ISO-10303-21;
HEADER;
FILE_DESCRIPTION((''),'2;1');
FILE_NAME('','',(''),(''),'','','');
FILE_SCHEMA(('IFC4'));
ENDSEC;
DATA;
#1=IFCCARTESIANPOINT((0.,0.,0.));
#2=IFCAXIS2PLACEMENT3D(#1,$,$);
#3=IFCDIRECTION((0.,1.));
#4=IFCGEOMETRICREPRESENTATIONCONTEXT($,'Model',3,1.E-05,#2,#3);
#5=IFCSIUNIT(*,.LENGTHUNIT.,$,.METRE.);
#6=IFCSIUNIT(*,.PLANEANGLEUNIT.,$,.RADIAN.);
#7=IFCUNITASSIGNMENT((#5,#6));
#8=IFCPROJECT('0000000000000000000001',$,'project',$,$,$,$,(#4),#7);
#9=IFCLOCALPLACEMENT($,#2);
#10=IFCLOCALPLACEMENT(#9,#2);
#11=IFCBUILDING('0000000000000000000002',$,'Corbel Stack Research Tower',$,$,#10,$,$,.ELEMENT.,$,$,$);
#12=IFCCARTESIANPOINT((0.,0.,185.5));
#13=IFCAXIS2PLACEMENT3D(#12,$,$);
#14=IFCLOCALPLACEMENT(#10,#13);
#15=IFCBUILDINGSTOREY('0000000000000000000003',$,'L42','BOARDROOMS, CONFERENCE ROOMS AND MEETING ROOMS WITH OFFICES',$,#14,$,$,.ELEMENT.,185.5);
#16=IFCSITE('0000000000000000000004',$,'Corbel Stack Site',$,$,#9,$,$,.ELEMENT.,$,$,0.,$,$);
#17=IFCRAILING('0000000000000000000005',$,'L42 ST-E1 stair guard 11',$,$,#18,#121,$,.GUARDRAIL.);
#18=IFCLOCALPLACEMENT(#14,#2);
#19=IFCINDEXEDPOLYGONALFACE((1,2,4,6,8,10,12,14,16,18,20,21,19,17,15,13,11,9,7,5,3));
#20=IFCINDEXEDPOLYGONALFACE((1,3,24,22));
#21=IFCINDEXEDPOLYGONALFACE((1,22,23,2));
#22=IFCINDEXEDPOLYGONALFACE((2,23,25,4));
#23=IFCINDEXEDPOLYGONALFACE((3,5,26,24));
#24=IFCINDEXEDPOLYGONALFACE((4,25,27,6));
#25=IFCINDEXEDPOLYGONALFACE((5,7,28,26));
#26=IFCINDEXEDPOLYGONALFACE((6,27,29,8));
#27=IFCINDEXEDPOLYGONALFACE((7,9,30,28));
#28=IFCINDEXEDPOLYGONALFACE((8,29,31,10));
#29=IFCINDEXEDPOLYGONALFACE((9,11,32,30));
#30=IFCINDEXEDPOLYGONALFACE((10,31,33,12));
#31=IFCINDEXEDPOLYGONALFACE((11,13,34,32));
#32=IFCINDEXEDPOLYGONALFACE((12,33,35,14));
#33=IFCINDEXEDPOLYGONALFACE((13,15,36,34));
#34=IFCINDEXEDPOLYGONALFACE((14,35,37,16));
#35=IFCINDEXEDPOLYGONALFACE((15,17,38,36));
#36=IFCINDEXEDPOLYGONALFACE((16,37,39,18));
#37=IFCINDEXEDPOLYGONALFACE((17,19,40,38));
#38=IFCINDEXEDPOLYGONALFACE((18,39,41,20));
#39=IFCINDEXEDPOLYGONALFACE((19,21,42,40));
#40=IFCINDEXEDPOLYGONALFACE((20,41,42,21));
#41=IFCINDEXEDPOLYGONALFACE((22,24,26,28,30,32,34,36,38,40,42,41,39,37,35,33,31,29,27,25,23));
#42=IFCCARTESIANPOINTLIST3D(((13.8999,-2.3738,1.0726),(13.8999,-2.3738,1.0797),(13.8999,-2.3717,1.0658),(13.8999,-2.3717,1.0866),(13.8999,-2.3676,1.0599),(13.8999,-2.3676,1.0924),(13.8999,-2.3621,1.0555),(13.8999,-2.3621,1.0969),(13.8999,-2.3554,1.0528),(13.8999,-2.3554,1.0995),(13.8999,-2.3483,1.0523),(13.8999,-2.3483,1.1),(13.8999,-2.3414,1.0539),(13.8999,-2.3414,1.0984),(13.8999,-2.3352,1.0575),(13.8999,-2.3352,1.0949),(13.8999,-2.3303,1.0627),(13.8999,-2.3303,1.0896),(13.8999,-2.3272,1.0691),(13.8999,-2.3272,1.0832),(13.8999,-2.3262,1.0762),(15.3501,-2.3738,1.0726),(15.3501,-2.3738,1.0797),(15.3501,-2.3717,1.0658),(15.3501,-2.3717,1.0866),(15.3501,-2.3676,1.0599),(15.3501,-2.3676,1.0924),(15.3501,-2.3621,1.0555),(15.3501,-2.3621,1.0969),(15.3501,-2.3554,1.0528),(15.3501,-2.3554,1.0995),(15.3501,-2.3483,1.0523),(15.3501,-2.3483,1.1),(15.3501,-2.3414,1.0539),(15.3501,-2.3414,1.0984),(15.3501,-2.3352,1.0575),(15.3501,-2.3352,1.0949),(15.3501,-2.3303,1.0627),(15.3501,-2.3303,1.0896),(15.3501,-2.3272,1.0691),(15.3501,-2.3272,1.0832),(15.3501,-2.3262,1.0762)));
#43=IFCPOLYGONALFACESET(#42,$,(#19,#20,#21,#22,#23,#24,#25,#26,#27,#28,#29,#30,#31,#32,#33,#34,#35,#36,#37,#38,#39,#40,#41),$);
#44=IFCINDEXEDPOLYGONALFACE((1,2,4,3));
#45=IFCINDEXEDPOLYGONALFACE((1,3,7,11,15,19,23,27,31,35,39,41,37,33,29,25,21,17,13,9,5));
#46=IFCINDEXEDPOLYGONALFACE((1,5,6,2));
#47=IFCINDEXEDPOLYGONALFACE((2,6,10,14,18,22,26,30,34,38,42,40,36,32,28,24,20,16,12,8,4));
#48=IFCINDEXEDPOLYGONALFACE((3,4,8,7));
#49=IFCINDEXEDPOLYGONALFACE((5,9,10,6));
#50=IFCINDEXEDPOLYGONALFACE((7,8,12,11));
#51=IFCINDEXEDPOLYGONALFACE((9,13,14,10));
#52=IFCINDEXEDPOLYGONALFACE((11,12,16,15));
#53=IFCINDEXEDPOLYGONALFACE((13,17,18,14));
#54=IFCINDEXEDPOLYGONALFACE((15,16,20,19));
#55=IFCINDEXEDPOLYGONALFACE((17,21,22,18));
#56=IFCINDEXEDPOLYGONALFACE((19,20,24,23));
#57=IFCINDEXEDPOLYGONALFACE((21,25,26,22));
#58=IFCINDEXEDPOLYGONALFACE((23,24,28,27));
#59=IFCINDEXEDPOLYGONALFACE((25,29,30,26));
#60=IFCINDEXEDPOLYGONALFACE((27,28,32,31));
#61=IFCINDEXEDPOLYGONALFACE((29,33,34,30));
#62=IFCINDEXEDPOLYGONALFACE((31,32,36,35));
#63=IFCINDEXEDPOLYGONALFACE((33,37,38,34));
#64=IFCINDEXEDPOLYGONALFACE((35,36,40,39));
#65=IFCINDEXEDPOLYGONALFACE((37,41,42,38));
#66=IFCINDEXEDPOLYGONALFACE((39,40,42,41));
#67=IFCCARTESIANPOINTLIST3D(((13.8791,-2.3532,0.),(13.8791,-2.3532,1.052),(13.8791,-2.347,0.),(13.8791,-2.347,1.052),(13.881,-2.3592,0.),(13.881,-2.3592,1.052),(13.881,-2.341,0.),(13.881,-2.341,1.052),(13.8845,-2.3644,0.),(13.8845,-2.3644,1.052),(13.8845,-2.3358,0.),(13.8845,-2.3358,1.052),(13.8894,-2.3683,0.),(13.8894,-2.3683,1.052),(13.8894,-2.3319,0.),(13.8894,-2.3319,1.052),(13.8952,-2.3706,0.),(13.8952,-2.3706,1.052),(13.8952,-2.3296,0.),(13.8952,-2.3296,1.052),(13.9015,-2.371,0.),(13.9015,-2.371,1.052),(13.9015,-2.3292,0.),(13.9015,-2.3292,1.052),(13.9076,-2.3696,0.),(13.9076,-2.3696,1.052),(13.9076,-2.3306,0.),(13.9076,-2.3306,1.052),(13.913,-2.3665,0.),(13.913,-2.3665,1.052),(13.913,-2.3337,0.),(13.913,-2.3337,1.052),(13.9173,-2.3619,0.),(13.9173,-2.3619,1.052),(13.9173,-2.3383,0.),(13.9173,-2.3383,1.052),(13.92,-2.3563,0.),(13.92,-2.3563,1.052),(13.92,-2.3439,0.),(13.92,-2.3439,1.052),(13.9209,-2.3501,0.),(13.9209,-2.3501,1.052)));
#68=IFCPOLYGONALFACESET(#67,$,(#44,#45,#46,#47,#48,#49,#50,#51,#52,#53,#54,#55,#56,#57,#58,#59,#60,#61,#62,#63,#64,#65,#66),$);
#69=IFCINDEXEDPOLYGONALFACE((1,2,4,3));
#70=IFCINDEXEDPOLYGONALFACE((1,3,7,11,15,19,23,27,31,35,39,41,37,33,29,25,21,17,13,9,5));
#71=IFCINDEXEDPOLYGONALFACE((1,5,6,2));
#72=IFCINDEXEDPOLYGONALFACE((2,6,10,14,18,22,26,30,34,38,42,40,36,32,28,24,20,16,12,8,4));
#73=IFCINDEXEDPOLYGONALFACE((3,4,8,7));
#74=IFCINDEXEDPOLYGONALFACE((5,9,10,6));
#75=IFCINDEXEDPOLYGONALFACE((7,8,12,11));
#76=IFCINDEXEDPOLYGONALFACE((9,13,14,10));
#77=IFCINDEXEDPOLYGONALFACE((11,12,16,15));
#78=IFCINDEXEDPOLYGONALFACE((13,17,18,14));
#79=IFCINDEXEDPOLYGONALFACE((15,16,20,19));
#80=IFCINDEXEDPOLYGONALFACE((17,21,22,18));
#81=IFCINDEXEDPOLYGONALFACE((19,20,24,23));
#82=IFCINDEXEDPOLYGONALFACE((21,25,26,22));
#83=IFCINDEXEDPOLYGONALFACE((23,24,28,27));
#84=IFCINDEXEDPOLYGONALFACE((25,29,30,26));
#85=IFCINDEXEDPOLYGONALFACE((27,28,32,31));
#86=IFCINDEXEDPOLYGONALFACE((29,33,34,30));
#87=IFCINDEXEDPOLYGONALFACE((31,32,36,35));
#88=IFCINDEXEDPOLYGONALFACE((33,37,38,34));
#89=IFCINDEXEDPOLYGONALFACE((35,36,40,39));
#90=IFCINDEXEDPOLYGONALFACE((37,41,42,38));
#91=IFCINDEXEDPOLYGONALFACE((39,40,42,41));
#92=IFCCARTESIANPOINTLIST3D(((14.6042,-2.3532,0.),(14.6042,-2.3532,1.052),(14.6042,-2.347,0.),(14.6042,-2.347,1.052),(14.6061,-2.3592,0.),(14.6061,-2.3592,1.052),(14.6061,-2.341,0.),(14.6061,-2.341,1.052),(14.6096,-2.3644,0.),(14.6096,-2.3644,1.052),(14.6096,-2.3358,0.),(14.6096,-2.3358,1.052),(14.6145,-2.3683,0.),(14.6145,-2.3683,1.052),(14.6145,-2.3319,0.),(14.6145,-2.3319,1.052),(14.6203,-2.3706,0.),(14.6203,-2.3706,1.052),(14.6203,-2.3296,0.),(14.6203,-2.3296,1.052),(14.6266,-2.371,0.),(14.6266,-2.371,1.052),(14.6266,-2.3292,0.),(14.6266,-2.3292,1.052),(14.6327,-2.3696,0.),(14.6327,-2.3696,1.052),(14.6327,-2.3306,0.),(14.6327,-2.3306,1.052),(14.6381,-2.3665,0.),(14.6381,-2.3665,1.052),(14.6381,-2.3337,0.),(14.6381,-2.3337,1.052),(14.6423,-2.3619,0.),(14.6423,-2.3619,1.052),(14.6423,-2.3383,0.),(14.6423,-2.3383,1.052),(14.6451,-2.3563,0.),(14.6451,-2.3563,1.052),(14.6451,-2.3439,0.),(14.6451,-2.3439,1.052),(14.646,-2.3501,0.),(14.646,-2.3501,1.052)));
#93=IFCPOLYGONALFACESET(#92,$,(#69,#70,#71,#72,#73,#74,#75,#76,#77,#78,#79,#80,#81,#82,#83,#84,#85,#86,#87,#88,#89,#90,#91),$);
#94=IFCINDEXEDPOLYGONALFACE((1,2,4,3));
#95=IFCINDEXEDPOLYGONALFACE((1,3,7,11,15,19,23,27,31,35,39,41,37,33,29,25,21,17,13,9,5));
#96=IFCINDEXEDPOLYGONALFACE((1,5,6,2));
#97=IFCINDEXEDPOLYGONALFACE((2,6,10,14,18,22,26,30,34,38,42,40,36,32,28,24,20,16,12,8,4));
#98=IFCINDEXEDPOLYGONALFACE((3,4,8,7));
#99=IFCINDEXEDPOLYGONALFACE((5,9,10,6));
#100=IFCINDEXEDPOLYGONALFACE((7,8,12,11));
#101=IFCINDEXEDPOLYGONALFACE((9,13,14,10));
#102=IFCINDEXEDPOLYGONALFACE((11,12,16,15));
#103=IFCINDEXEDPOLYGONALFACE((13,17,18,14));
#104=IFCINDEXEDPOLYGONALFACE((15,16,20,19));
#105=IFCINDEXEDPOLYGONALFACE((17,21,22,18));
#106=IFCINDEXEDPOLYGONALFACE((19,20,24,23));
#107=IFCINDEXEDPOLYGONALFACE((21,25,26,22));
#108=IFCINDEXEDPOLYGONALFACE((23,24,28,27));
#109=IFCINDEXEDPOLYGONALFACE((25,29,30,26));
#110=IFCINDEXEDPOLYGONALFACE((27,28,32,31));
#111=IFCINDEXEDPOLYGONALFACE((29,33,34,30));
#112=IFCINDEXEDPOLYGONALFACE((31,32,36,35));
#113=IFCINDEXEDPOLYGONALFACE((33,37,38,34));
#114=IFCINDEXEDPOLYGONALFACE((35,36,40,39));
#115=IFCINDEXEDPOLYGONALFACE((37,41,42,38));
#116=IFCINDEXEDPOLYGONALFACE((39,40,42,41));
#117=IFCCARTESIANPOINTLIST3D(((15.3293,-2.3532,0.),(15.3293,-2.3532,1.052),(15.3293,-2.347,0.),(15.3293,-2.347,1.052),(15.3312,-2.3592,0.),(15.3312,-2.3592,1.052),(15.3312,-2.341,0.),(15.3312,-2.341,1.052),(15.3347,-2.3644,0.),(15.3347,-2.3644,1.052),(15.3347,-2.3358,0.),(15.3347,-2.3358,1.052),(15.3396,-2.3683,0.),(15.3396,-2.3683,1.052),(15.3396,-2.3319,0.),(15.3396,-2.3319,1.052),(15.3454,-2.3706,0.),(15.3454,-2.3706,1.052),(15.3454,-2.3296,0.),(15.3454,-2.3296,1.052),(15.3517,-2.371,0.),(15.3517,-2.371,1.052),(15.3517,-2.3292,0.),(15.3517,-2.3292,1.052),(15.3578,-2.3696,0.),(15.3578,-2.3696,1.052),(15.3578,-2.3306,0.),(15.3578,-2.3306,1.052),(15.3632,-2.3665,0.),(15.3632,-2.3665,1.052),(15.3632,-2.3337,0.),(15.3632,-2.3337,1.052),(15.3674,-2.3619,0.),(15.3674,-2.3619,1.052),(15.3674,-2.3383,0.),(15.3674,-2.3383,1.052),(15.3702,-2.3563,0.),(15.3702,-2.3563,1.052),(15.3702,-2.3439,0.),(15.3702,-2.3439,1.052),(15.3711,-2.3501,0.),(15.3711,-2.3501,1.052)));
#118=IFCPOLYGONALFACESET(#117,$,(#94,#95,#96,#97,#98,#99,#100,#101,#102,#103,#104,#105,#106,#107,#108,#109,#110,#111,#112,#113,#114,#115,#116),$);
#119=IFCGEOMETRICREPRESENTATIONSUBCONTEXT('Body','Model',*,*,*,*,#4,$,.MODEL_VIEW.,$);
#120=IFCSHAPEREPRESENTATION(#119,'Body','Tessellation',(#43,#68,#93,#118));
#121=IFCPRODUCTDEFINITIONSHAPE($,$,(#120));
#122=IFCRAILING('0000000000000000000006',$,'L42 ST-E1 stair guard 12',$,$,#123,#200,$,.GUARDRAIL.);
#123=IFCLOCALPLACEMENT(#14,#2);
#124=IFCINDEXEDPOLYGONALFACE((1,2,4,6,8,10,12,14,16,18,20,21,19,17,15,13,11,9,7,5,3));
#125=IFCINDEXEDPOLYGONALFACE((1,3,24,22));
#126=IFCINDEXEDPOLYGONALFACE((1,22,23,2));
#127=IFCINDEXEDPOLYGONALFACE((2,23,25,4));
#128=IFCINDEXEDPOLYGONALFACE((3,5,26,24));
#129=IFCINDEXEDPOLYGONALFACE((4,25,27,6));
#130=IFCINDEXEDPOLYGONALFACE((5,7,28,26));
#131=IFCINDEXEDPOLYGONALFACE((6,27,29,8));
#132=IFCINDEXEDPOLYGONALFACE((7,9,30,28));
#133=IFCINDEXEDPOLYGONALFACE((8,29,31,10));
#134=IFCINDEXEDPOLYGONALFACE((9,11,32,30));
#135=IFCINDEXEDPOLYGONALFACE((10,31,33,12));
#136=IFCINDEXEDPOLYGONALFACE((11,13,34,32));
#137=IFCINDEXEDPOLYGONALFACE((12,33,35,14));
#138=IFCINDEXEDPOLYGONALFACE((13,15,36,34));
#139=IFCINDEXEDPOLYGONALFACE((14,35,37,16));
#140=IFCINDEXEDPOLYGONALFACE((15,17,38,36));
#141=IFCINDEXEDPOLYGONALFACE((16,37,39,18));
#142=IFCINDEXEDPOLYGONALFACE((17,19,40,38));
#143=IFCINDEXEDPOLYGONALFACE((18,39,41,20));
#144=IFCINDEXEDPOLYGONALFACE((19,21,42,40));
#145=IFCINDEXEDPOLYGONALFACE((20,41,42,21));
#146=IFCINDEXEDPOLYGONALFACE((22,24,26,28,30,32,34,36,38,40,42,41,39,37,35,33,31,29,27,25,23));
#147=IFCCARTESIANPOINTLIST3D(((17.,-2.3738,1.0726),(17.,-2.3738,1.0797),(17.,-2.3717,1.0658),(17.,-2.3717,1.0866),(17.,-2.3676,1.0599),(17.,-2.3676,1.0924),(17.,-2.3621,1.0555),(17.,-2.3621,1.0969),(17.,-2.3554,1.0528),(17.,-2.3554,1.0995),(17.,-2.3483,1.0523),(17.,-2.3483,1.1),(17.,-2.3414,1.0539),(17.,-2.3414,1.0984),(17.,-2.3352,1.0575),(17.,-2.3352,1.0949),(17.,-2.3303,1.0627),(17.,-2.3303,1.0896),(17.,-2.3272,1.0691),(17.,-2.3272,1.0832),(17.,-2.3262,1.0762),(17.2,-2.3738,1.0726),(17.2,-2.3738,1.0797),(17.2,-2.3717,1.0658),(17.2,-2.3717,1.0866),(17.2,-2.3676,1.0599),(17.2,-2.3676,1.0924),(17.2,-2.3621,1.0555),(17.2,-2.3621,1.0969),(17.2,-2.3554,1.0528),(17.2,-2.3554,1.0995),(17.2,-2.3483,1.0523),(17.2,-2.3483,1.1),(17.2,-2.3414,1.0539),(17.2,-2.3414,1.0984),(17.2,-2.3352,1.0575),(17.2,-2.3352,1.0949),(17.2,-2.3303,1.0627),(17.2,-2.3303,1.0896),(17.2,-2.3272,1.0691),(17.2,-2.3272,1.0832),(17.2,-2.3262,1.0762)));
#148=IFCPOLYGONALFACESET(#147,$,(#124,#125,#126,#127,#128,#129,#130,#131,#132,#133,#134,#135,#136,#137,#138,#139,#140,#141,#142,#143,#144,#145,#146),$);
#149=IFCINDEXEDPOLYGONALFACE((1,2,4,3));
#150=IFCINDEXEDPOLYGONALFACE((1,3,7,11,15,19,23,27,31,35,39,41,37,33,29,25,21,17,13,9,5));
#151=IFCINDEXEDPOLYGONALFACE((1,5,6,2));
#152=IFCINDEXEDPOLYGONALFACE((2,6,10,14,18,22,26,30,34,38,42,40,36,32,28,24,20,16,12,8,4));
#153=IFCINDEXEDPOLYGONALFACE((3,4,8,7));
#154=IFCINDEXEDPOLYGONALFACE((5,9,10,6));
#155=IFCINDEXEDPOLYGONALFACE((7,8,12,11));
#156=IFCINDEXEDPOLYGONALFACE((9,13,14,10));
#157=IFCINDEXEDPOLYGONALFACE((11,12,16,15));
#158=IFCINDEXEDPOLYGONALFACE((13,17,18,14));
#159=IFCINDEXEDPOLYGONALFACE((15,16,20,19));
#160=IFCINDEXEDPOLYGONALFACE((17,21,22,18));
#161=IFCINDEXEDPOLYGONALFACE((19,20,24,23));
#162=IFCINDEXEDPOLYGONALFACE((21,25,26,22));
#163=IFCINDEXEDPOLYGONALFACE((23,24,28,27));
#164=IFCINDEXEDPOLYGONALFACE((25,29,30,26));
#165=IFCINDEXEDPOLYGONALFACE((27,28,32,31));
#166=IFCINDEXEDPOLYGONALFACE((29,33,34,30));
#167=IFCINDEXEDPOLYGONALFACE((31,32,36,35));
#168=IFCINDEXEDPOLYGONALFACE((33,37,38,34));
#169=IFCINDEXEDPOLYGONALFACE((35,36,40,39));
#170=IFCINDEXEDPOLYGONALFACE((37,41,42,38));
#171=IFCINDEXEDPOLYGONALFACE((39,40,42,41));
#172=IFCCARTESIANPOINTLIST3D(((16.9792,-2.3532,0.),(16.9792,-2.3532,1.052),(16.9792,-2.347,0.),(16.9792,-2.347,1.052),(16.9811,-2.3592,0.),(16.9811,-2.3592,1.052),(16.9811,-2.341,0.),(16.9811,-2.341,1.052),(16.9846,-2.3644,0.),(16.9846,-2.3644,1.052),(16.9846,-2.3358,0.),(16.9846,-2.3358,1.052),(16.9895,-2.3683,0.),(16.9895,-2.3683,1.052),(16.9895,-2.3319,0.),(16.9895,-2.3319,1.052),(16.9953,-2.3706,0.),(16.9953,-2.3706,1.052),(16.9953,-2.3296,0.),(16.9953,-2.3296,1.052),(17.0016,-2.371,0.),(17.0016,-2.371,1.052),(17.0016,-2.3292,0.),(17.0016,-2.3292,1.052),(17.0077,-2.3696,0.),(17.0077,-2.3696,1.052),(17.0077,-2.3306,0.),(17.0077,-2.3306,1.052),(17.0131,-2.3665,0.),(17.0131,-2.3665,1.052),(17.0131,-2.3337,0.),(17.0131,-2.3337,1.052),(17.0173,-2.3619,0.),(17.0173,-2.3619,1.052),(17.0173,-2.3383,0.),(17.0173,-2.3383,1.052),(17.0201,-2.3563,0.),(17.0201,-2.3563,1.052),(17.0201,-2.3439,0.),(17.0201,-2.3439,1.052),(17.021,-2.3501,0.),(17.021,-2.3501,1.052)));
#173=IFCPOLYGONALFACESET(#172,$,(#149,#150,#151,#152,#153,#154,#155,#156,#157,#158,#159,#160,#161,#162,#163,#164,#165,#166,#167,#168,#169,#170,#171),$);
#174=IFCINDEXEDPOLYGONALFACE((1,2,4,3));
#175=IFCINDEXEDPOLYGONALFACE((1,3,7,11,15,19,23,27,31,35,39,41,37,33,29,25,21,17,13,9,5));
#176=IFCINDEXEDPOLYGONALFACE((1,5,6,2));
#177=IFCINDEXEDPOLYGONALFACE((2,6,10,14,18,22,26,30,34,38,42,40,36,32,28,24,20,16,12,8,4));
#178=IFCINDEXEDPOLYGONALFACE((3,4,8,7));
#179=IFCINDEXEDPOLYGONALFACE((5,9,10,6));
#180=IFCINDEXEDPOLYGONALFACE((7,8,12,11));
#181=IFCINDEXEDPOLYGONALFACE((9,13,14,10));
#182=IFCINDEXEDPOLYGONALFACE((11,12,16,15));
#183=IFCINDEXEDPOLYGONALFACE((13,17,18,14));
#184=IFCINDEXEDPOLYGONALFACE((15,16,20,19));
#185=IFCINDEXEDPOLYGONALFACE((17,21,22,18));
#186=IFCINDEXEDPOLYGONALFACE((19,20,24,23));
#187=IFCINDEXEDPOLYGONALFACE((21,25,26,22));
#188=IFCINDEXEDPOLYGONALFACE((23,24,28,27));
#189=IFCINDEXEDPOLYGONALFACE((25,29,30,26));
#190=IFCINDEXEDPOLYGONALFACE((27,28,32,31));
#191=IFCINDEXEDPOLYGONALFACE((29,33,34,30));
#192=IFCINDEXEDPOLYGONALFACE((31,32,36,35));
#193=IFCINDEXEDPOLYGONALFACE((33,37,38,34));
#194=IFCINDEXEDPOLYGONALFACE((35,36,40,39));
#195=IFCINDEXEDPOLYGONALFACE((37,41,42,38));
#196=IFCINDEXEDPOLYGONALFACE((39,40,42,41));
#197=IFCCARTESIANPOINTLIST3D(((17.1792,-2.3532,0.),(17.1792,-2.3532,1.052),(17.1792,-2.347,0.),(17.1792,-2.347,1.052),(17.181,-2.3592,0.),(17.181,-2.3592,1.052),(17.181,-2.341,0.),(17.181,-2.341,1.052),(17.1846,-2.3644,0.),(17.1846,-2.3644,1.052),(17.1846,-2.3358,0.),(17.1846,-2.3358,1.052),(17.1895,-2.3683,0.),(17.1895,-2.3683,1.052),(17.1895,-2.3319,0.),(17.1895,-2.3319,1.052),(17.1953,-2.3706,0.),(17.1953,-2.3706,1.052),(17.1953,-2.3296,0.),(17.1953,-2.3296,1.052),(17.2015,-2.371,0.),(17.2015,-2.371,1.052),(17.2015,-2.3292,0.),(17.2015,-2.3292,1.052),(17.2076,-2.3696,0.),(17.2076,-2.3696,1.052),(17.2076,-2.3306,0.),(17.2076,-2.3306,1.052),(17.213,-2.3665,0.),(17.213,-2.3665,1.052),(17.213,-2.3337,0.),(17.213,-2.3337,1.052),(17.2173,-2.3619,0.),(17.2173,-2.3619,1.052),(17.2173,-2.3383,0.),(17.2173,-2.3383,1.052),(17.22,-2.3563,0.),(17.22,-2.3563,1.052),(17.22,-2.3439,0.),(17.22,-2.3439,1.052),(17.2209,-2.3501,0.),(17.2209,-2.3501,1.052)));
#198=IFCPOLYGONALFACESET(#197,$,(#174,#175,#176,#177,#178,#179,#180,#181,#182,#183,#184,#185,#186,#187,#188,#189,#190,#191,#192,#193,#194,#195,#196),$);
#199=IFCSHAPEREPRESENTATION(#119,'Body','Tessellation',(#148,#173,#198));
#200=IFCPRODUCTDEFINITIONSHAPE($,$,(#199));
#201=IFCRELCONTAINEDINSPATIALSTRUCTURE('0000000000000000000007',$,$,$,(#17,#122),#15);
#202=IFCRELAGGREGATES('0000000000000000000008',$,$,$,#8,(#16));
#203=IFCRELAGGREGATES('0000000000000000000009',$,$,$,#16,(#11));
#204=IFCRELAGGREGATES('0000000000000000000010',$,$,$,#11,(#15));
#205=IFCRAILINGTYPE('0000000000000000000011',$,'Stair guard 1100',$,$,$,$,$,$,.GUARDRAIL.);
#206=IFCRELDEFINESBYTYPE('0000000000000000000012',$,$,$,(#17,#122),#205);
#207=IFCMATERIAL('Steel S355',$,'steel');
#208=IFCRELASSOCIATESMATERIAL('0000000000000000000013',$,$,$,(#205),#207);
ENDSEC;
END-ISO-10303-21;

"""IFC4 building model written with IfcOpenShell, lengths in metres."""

from ifc_helpers import new_model, si_unit, direction, frame, origin, origin_2d, place, context, subcontext, project, spatial, circle, extrude, material, type_object, element, save


model = new_model("IFC4")

# Units and contexts
model_context = context("Model", 3, precision=1e-05, world=origin(), true_north=direction((0.0, 1.0)))
body_context = subcontext(model_context, "Body", "Model", "MODEL_VIEW")
ifc_project = project(units=[si_unit("LENGTHUNIT", "METRE"), si_unit("PLANEANGLEUNIT", "RADIAN")], contexts=[model_context])

# Site, building, storey
site_placement = place(None, origin())
site = spatial("IfcSite", under=ifc_project, at=site_placement, Name="Corbel Stack Site", CompositionType="ELEMENT", RefElevation=0.0)
building_placement = place(site_placement, origin())
building = spatial("IfcBuilding", under=site, at=building_placement, Name="Corbel Stack Research Tower", CompositionType="ELEMENT")
storey_placement = place(building_placement, frame((0.0, 0.0, 185.5)))
storey = spatial("IfcBuildingStorey", under=building, at=storey_placement, Name="L42", Description="BOARDROOMS, CONFERENCE ROOMS AND MEETING ROOMS WITH OFFICES", CompositionType="ELEMENT", Elevation=185.5)

# Railings
ifc_material_1 = material(Name="Steel S355", Category="steel")
railing_type_1 = type_object("IfcRailingType", Name="Stair guard 1100", PredefinedType="GUARDRAIL", material=ifc_material_1)
railing_1_placement = place(storey_placement, frame((13.8999, -2.3501, 0.0)))
element("IfcRailing", 1, at=railing_1_placement, inside=storey, type_object=railing_type_1, Name="L42 ST-E1 stair guard 11", PredefinedType="GUARDRAIL", context=body_context, shape_type="SweptSolid", body=[
    extrude(circle(Radius=0.0239, at=origin_2d()), frame((0.0, 0.0, 1.0762), z_axis=(1.0, 0.0, 0.0), x_axis=(0.0, 1.0, 0.0)), (0.0, 0.0, 1.0), 1.4502),
    extrude(circle(Radius=0.021, at=origin_2d()), origin(), (0.0, 0.0, 1.0), 1.052),
    extrude(circle(Radius=0.021, at=origin_2d()), frame((0.7251, 0.0, 0.0)), (0.0, 0.0, 1.0), 1.052),
    extrude(circle(Radius=0.021, at=origin_2d()), frame((1.4502, 0.0, 0.0)), (0.0, 0.0, 1.0), 1.052),
])
railing_2_placement = place(storey_placement, frame((17.0, -2.3501, 0.0)))
element("IfcRailing", 2, at=railing_2_placement, inside=storey, type_object=railing_type_1, Name="L42 ST-E1 stair guard 12", PredefinedType="GUARDRAIL", context=body_context, shape_type="SweptSolid", body=[
    extrude(circle(Radius=0.0239, at=origin_2d()), frame((0.0, 0.0, 1.0762), z_axis=(1.0, 0.0, 0.0), x_axis=(0.0, 1.0, 0.0)), (0.0, 0.0, 1.0), 0.2),
    extrude(circle(Radius=0.021, at=origin_2d()), origin(), (0.0, 0.0, 1.0), 1.052),
    extrude(circle(Radius=0.021, at=origin_2d()), frame((0.2, 0.0, 0.0)), (0.0, 0.0, 1.0), 1.052),
])

save(model, "model.ifc")
